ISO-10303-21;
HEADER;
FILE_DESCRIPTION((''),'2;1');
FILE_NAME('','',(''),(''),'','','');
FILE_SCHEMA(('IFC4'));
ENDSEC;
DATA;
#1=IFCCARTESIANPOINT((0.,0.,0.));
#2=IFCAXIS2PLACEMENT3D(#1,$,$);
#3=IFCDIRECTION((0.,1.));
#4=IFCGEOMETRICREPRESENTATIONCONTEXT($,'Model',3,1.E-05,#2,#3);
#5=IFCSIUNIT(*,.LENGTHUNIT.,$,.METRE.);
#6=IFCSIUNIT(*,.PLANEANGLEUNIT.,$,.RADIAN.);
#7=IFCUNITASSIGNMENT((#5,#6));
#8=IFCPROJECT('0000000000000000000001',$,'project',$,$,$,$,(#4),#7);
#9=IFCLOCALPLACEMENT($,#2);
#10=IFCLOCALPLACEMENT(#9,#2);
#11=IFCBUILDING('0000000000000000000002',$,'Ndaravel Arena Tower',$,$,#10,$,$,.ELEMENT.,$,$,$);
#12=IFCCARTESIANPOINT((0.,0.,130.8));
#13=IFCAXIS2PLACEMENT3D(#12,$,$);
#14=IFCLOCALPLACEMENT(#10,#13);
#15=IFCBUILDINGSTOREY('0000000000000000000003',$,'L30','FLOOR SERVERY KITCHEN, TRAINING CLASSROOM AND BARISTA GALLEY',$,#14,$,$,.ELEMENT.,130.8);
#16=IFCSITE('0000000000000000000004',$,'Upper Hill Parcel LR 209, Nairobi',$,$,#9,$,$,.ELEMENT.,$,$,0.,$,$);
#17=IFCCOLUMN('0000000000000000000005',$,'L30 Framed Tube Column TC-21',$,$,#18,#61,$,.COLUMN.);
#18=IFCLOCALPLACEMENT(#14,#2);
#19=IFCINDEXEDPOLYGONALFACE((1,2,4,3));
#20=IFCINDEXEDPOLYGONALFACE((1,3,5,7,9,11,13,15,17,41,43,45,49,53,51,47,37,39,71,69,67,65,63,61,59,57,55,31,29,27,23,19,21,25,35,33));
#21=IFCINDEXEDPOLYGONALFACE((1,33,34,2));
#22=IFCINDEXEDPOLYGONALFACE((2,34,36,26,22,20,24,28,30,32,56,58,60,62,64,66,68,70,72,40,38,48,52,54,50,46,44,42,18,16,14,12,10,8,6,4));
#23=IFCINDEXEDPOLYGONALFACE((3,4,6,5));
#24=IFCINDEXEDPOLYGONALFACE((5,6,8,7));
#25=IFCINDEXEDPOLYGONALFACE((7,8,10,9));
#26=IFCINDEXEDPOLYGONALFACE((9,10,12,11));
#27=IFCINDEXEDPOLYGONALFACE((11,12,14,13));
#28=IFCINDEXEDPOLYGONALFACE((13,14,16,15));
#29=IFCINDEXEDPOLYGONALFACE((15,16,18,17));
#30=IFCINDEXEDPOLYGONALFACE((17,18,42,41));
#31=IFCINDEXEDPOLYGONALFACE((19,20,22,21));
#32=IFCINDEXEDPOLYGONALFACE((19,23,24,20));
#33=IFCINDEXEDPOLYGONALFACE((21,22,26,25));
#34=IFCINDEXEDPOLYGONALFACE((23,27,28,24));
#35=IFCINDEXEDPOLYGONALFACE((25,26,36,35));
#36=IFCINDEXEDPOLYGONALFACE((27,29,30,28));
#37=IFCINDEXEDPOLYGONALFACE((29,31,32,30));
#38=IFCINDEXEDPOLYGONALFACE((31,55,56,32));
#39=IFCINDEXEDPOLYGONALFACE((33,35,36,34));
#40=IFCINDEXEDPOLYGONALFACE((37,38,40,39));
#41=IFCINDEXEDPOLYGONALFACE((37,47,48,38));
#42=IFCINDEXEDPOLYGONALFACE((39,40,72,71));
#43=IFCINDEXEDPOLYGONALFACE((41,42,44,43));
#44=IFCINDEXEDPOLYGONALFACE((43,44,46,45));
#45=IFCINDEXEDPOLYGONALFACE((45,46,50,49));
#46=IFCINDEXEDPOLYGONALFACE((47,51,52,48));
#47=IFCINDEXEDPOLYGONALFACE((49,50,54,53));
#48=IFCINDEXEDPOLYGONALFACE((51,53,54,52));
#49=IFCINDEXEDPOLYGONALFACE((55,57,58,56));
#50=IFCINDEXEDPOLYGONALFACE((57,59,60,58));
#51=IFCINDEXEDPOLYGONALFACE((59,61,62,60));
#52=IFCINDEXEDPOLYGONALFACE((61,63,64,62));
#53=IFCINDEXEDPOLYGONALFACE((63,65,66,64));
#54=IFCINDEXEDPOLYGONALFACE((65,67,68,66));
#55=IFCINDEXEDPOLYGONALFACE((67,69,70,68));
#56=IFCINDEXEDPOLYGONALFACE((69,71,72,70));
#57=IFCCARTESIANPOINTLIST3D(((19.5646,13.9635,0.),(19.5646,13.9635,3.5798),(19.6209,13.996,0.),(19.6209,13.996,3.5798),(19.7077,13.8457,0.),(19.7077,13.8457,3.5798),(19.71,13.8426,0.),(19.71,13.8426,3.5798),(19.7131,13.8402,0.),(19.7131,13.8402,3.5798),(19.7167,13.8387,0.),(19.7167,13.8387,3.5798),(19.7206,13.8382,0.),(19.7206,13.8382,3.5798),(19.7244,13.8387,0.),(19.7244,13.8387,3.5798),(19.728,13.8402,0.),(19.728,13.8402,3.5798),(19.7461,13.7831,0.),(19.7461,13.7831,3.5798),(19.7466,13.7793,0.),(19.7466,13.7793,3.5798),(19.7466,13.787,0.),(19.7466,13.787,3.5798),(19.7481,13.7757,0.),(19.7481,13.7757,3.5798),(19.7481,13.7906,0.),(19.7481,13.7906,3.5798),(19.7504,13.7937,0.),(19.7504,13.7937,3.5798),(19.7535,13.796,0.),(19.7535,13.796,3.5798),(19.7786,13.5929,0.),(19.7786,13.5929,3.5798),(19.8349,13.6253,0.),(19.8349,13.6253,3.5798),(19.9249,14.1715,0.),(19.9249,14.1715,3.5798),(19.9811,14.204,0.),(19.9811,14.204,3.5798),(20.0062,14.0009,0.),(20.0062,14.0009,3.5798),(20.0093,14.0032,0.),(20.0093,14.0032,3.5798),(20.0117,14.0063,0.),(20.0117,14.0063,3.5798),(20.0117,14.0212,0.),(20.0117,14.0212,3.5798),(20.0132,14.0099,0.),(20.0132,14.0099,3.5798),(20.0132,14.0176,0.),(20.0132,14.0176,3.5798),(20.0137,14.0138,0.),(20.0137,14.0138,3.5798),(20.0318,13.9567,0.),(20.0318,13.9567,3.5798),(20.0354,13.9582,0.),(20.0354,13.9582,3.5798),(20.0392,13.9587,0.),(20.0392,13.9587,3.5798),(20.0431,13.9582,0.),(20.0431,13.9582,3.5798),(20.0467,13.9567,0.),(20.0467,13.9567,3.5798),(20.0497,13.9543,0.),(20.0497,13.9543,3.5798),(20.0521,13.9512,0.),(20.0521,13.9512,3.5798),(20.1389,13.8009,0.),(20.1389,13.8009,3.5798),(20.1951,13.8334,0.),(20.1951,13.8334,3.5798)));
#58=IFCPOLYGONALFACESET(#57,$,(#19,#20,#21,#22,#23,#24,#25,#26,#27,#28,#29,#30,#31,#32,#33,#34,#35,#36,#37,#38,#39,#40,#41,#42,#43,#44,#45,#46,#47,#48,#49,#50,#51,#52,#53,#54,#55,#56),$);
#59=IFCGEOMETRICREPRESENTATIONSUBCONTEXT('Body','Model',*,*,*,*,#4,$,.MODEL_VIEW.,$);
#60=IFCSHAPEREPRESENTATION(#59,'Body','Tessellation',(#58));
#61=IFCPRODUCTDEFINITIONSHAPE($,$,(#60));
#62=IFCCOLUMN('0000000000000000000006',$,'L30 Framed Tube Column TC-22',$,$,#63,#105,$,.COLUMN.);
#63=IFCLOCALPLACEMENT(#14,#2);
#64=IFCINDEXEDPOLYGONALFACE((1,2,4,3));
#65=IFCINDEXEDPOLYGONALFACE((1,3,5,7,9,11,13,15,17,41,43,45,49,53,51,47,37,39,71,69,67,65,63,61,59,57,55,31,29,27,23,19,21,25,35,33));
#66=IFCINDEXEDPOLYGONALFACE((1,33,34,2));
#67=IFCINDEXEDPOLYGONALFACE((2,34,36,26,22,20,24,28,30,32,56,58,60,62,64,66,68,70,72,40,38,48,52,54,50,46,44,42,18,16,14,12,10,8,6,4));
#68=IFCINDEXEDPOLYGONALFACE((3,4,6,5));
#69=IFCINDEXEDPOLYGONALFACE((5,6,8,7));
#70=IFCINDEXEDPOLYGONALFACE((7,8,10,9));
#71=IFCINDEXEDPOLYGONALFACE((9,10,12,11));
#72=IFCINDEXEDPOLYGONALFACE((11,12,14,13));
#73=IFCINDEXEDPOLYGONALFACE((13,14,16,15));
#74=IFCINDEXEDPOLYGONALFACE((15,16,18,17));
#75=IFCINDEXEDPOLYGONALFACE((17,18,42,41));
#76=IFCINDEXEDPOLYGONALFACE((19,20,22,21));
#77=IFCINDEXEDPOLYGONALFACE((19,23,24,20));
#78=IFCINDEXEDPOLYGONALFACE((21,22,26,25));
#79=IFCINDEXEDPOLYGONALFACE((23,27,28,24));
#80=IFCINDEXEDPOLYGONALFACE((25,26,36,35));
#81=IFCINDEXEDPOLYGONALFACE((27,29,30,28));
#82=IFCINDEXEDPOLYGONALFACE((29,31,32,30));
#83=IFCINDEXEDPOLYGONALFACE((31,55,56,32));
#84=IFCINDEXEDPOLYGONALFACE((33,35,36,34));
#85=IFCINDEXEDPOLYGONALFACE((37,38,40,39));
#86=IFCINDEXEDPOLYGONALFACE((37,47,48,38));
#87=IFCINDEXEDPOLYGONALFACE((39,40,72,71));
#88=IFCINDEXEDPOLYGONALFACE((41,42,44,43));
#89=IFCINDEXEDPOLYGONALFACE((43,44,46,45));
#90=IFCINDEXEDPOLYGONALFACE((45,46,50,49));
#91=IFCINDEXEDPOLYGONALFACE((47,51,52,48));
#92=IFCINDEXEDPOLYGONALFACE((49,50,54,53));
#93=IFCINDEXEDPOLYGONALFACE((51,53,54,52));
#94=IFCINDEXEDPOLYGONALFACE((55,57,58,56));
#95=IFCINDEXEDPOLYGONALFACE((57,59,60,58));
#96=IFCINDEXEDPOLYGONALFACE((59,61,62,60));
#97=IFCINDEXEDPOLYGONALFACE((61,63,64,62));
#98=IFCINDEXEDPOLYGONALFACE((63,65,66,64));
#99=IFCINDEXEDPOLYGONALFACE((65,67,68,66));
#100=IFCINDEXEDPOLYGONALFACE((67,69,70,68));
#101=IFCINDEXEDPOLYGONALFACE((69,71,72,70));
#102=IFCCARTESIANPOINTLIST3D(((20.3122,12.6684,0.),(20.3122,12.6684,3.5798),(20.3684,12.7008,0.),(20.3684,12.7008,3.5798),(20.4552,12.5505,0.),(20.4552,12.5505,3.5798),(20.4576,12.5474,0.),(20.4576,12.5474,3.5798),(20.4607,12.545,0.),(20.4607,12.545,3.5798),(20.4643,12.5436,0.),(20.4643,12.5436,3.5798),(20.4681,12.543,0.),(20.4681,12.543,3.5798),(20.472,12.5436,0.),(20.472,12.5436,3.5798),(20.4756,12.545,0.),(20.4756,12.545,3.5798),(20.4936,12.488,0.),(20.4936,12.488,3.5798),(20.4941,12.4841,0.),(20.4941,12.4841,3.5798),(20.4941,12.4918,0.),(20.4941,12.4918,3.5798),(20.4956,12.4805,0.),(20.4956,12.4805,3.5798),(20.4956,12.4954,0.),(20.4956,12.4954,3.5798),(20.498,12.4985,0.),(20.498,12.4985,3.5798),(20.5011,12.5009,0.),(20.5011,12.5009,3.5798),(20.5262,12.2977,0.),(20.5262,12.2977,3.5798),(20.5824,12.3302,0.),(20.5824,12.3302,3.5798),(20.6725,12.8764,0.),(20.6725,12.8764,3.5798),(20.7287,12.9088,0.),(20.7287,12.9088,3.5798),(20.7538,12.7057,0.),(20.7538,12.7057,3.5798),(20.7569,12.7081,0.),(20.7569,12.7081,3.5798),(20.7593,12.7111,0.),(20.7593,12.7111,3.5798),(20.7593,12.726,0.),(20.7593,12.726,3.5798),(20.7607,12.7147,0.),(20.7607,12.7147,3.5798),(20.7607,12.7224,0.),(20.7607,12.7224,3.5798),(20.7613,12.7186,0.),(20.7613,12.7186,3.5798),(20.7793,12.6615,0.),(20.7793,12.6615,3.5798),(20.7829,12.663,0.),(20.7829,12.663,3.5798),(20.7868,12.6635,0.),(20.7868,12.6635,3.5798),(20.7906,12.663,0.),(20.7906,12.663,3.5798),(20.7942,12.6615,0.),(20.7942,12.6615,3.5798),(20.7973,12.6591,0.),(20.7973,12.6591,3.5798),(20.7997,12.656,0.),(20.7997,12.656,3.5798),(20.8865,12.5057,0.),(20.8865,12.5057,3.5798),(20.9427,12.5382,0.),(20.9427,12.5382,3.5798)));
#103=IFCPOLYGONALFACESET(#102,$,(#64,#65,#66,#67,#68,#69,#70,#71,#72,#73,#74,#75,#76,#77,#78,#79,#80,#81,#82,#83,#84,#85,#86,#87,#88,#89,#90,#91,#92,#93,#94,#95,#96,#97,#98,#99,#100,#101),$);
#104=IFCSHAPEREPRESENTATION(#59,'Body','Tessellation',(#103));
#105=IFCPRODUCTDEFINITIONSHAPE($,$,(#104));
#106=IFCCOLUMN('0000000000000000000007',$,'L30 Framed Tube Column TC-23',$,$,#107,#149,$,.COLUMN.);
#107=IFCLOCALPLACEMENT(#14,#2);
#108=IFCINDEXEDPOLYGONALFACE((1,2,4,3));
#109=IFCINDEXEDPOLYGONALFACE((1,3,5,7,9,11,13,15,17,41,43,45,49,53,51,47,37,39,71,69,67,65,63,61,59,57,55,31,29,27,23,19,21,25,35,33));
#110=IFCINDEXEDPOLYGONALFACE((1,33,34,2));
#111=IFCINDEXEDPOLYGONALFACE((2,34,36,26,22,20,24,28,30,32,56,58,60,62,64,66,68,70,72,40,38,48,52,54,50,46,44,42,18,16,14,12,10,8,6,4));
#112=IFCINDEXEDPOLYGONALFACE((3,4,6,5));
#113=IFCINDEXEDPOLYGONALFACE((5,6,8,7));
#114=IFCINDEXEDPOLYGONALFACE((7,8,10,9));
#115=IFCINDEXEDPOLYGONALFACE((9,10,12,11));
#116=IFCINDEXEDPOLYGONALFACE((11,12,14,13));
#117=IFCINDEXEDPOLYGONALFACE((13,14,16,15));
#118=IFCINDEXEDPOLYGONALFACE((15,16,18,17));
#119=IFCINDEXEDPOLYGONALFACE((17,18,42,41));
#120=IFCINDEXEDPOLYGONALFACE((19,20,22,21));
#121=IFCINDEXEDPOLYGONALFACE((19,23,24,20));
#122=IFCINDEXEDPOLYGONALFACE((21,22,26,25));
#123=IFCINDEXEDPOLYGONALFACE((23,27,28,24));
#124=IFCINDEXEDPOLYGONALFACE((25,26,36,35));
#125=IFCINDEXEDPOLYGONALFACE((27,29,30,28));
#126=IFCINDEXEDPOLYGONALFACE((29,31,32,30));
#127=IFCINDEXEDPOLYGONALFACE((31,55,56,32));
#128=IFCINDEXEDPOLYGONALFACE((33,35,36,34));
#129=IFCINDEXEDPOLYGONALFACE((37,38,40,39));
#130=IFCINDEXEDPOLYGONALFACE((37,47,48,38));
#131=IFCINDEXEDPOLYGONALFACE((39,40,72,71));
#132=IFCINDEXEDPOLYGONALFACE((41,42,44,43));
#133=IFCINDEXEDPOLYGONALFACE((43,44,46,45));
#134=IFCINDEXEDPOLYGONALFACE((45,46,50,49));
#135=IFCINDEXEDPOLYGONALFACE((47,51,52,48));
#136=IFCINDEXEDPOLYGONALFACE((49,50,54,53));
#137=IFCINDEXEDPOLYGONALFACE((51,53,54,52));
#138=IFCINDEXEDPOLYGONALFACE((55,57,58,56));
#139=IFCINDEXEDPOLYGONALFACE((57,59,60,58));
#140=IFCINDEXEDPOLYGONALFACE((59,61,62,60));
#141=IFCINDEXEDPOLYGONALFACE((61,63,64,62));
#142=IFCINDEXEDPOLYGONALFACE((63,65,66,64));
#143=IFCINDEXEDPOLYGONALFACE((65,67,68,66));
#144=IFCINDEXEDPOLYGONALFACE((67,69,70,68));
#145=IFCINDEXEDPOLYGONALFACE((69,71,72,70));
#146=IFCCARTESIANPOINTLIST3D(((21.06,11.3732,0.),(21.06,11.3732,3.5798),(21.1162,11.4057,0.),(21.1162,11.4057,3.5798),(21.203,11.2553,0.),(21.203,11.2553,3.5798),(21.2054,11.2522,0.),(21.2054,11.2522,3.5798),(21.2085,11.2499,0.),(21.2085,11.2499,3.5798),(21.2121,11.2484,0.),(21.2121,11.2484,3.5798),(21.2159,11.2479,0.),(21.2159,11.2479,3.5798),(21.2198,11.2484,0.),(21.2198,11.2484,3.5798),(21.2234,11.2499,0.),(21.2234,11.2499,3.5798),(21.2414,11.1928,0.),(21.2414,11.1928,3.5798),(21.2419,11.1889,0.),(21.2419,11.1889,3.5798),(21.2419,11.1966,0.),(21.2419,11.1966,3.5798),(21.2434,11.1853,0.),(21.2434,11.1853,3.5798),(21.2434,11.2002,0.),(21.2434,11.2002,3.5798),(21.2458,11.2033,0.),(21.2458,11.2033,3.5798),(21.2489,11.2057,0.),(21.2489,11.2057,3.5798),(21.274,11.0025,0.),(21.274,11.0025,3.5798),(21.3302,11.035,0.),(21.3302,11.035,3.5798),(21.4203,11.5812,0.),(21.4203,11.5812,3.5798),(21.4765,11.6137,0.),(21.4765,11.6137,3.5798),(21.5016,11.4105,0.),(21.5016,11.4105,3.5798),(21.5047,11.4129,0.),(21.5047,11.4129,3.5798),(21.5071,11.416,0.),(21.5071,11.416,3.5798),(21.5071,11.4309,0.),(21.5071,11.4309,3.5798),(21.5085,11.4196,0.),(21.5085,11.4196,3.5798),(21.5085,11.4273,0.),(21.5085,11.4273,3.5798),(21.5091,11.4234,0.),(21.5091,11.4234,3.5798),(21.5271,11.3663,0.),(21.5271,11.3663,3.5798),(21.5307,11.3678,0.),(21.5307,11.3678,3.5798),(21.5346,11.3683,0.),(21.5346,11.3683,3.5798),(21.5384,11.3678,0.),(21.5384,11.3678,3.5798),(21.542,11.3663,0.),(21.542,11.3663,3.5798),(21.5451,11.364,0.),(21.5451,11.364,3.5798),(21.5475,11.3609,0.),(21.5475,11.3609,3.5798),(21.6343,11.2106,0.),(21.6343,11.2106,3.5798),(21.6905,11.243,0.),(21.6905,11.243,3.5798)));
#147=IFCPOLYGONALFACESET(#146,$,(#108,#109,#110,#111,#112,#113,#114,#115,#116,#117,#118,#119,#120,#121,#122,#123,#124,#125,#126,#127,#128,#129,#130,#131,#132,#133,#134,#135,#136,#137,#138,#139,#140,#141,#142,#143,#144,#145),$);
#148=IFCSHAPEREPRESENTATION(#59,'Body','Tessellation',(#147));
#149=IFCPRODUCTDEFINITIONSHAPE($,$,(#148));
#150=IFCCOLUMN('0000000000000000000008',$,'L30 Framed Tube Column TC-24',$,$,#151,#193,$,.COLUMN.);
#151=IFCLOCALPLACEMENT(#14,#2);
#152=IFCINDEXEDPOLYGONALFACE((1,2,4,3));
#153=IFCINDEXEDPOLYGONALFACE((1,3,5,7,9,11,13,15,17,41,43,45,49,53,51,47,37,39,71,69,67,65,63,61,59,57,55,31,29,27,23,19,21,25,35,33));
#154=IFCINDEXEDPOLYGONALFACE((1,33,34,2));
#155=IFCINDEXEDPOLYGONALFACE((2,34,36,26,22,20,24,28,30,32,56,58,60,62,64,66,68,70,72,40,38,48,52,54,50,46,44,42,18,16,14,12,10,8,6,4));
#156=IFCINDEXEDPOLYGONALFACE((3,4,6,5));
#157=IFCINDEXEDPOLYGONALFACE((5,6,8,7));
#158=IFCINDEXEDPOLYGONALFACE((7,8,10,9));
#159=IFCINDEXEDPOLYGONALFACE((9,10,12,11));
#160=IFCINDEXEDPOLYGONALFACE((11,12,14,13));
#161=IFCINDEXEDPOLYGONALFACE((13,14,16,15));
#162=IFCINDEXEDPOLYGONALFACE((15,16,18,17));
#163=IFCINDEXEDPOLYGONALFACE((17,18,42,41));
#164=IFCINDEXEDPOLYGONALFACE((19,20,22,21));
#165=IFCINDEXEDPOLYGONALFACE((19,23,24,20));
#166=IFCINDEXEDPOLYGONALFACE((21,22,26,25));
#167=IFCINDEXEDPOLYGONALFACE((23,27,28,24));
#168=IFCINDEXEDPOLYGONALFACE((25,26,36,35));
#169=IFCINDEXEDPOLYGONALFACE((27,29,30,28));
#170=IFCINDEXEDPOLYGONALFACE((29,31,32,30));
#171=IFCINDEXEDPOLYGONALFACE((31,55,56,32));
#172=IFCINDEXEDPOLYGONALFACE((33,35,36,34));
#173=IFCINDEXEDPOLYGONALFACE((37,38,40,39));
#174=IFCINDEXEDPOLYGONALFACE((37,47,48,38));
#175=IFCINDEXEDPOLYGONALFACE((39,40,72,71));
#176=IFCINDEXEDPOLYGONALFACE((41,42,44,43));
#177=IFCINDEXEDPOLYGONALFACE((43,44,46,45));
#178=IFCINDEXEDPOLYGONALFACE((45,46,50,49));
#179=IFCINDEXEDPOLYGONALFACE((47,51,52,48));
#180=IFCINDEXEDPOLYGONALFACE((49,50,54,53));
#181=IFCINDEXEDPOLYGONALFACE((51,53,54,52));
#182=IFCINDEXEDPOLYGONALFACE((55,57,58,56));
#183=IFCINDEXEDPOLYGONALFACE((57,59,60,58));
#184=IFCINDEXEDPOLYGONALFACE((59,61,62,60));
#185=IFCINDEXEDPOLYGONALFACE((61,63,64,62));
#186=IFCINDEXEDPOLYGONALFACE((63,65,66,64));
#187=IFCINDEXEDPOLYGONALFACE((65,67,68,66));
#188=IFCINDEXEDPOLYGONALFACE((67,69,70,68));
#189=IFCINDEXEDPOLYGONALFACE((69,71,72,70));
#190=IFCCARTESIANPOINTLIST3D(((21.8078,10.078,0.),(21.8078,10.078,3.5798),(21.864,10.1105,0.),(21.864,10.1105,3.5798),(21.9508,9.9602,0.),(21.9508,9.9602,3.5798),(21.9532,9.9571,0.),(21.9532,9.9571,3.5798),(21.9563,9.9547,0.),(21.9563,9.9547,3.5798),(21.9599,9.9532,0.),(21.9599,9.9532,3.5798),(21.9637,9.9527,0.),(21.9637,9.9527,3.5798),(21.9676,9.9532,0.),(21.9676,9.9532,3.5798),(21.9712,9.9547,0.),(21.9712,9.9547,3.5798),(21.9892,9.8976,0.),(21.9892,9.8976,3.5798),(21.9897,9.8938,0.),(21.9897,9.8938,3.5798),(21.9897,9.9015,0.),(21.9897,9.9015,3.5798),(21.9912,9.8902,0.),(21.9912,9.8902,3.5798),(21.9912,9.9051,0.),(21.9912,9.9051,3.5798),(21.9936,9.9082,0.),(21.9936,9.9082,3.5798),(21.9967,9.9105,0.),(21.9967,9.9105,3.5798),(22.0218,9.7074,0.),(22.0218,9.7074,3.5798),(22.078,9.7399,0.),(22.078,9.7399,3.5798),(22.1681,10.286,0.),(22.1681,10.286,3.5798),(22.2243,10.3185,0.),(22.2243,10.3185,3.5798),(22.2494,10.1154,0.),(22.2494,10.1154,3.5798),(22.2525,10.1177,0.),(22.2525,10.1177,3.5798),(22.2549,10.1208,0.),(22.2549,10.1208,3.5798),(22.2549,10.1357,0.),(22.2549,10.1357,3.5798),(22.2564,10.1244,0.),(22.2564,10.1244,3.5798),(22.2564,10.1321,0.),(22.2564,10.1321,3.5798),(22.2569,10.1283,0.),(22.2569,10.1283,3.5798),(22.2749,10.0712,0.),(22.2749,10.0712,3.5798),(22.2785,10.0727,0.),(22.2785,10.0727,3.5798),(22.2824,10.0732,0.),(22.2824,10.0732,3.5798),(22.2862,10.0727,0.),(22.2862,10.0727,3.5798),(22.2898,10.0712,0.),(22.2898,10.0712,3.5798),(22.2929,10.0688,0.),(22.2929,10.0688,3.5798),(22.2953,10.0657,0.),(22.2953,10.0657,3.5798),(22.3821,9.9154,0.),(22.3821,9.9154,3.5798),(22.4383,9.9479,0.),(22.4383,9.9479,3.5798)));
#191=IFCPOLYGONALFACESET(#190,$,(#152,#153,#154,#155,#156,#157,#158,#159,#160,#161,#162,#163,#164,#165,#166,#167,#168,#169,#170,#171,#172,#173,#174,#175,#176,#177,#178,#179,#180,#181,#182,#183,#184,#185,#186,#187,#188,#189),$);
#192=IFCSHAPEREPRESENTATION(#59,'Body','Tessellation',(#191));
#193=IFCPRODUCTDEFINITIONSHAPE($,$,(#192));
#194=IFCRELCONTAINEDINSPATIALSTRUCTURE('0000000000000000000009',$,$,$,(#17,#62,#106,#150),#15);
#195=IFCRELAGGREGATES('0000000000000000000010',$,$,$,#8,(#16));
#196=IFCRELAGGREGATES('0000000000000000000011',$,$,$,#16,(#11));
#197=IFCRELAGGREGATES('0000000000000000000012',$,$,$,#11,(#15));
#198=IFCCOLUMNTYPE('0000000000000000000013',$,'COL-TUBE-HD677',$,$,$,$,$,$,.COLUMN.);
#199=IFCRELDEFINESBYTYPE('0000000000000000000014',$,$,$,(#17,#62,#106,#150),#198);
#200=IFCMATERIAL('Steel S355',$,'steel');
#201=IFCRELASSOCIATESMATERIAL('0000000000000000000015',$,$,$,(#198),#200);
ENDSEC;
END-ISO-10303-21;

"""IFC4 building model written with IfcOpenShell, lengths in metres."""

from ifc_helpers import new_model, si_unit, direction, frame, origin, origin_2d, place, context, subcontext, project, spatial, i_section, extrude, material, material_profile, profile_set, type_object, element, save


model = new_model("IFC4")

# Units and contexts
model_context = context("Model", 3, precision=1e-05, world=origin(), true_north=direction((0.0, 1.0)))
body_context = subcontext(model_context, "Body", "Model", "MODEL_VIEW")
ifc_project = project(units=[si_unit("LENGTHUNIT", "METRE"), si_unit("PLANEANGLEUNIT", "RADIAN")], contexts=[model_context])

# Site, building, storey
site_placement = place(None, origin())
site = spatial("IfcSite", under=ifc_project, at=site_placement, Name="Upper Hill Parcel LR 209, Nairobi", CompositionType="ELEMENT", RefElevation=0.0)
building_placement = place(site_placement, origin())
building = spatial("IfcBuilding", under=site, at=building_placement, Name="Ndaravel Arena Tower", CompositionType="ELEMENT")
storey_placement = place(building_placement, frame((0.0, 0.0, 130.8)))
storey = spatial("IfcBuildingStorey", under=building, at=storey_placement, Name="L30", Description="FLOOR SERVERY KITCHEN, TRAINING CLASSROOM AND BARISTA GALLEY", CompositionType="ELEMENT", Elevation=130.8)

# Columns
ifc_material_1 = material(Name="Steel S355", Category="steel")
ifc_material_profile_1 = material_profile(ifc_material_1, i_section(OverallWidth=0.428, OverallDepth=0.481, WebThickness=0.051, FlangeThickness=0.0649, FilletRadius=0.0149, at=origin_2d()), Name="HD 400x677")
ifc_profile_set_1 = profile_set([ifc_material_profile_1], Name="Steel S355")
column_type = type_object("IfcColumnType", Name="COL-TUBE-HD677", PredefinedType="COLUMN", material=ifc_profile_set_1)
for number, where, z_axis, x_axis, name in (
    (1, (19.8799, 13.8984, 0.0), (0.0, 0.0, 1.0), (-0.5, 0.866025, 0.0), "L30 Framed Tube Column TC-21"),
    (2, (20.6274, 12.6033, 0.0), (0.0, 0.0, 1.0), (-0.5, 0.866025, 0.0), "L30 Framed Tube Column TC-22"),
    (3, (21.3752, 11.3081, 0.0), (0.0, 0.0, 1.0), (-0.5, 0.866025, 0.0), "L30 Framed Tube Column TC-23"),
    (4, (22.123, 10.0129, 0.0), (0.0, 0.0, 1.0), (-0.5, 0.866025, 0.0), "L30 Framed Tube Column TC-24"),
):
    element("IfcColumn", number, at=place(storey_placement, frame(where, z_axis=z_axis, x_axis=x_axis)), inside=storey, type_object=column_type, Name=name, PredefinedType="COLUMN", context=body_context, shape_type="SweptSolid", body=[
        extrude(i_section(OverallWidth=0.428, OverallDepth=0.481, WebThickness=0.051, FlangeThickness=0.0649, FilletRadius=0.0149, at=origin_2d()), origin(), (0.0, 0.0, 1.0), 3.5798),
    ])

save(model, "model.ifc")
